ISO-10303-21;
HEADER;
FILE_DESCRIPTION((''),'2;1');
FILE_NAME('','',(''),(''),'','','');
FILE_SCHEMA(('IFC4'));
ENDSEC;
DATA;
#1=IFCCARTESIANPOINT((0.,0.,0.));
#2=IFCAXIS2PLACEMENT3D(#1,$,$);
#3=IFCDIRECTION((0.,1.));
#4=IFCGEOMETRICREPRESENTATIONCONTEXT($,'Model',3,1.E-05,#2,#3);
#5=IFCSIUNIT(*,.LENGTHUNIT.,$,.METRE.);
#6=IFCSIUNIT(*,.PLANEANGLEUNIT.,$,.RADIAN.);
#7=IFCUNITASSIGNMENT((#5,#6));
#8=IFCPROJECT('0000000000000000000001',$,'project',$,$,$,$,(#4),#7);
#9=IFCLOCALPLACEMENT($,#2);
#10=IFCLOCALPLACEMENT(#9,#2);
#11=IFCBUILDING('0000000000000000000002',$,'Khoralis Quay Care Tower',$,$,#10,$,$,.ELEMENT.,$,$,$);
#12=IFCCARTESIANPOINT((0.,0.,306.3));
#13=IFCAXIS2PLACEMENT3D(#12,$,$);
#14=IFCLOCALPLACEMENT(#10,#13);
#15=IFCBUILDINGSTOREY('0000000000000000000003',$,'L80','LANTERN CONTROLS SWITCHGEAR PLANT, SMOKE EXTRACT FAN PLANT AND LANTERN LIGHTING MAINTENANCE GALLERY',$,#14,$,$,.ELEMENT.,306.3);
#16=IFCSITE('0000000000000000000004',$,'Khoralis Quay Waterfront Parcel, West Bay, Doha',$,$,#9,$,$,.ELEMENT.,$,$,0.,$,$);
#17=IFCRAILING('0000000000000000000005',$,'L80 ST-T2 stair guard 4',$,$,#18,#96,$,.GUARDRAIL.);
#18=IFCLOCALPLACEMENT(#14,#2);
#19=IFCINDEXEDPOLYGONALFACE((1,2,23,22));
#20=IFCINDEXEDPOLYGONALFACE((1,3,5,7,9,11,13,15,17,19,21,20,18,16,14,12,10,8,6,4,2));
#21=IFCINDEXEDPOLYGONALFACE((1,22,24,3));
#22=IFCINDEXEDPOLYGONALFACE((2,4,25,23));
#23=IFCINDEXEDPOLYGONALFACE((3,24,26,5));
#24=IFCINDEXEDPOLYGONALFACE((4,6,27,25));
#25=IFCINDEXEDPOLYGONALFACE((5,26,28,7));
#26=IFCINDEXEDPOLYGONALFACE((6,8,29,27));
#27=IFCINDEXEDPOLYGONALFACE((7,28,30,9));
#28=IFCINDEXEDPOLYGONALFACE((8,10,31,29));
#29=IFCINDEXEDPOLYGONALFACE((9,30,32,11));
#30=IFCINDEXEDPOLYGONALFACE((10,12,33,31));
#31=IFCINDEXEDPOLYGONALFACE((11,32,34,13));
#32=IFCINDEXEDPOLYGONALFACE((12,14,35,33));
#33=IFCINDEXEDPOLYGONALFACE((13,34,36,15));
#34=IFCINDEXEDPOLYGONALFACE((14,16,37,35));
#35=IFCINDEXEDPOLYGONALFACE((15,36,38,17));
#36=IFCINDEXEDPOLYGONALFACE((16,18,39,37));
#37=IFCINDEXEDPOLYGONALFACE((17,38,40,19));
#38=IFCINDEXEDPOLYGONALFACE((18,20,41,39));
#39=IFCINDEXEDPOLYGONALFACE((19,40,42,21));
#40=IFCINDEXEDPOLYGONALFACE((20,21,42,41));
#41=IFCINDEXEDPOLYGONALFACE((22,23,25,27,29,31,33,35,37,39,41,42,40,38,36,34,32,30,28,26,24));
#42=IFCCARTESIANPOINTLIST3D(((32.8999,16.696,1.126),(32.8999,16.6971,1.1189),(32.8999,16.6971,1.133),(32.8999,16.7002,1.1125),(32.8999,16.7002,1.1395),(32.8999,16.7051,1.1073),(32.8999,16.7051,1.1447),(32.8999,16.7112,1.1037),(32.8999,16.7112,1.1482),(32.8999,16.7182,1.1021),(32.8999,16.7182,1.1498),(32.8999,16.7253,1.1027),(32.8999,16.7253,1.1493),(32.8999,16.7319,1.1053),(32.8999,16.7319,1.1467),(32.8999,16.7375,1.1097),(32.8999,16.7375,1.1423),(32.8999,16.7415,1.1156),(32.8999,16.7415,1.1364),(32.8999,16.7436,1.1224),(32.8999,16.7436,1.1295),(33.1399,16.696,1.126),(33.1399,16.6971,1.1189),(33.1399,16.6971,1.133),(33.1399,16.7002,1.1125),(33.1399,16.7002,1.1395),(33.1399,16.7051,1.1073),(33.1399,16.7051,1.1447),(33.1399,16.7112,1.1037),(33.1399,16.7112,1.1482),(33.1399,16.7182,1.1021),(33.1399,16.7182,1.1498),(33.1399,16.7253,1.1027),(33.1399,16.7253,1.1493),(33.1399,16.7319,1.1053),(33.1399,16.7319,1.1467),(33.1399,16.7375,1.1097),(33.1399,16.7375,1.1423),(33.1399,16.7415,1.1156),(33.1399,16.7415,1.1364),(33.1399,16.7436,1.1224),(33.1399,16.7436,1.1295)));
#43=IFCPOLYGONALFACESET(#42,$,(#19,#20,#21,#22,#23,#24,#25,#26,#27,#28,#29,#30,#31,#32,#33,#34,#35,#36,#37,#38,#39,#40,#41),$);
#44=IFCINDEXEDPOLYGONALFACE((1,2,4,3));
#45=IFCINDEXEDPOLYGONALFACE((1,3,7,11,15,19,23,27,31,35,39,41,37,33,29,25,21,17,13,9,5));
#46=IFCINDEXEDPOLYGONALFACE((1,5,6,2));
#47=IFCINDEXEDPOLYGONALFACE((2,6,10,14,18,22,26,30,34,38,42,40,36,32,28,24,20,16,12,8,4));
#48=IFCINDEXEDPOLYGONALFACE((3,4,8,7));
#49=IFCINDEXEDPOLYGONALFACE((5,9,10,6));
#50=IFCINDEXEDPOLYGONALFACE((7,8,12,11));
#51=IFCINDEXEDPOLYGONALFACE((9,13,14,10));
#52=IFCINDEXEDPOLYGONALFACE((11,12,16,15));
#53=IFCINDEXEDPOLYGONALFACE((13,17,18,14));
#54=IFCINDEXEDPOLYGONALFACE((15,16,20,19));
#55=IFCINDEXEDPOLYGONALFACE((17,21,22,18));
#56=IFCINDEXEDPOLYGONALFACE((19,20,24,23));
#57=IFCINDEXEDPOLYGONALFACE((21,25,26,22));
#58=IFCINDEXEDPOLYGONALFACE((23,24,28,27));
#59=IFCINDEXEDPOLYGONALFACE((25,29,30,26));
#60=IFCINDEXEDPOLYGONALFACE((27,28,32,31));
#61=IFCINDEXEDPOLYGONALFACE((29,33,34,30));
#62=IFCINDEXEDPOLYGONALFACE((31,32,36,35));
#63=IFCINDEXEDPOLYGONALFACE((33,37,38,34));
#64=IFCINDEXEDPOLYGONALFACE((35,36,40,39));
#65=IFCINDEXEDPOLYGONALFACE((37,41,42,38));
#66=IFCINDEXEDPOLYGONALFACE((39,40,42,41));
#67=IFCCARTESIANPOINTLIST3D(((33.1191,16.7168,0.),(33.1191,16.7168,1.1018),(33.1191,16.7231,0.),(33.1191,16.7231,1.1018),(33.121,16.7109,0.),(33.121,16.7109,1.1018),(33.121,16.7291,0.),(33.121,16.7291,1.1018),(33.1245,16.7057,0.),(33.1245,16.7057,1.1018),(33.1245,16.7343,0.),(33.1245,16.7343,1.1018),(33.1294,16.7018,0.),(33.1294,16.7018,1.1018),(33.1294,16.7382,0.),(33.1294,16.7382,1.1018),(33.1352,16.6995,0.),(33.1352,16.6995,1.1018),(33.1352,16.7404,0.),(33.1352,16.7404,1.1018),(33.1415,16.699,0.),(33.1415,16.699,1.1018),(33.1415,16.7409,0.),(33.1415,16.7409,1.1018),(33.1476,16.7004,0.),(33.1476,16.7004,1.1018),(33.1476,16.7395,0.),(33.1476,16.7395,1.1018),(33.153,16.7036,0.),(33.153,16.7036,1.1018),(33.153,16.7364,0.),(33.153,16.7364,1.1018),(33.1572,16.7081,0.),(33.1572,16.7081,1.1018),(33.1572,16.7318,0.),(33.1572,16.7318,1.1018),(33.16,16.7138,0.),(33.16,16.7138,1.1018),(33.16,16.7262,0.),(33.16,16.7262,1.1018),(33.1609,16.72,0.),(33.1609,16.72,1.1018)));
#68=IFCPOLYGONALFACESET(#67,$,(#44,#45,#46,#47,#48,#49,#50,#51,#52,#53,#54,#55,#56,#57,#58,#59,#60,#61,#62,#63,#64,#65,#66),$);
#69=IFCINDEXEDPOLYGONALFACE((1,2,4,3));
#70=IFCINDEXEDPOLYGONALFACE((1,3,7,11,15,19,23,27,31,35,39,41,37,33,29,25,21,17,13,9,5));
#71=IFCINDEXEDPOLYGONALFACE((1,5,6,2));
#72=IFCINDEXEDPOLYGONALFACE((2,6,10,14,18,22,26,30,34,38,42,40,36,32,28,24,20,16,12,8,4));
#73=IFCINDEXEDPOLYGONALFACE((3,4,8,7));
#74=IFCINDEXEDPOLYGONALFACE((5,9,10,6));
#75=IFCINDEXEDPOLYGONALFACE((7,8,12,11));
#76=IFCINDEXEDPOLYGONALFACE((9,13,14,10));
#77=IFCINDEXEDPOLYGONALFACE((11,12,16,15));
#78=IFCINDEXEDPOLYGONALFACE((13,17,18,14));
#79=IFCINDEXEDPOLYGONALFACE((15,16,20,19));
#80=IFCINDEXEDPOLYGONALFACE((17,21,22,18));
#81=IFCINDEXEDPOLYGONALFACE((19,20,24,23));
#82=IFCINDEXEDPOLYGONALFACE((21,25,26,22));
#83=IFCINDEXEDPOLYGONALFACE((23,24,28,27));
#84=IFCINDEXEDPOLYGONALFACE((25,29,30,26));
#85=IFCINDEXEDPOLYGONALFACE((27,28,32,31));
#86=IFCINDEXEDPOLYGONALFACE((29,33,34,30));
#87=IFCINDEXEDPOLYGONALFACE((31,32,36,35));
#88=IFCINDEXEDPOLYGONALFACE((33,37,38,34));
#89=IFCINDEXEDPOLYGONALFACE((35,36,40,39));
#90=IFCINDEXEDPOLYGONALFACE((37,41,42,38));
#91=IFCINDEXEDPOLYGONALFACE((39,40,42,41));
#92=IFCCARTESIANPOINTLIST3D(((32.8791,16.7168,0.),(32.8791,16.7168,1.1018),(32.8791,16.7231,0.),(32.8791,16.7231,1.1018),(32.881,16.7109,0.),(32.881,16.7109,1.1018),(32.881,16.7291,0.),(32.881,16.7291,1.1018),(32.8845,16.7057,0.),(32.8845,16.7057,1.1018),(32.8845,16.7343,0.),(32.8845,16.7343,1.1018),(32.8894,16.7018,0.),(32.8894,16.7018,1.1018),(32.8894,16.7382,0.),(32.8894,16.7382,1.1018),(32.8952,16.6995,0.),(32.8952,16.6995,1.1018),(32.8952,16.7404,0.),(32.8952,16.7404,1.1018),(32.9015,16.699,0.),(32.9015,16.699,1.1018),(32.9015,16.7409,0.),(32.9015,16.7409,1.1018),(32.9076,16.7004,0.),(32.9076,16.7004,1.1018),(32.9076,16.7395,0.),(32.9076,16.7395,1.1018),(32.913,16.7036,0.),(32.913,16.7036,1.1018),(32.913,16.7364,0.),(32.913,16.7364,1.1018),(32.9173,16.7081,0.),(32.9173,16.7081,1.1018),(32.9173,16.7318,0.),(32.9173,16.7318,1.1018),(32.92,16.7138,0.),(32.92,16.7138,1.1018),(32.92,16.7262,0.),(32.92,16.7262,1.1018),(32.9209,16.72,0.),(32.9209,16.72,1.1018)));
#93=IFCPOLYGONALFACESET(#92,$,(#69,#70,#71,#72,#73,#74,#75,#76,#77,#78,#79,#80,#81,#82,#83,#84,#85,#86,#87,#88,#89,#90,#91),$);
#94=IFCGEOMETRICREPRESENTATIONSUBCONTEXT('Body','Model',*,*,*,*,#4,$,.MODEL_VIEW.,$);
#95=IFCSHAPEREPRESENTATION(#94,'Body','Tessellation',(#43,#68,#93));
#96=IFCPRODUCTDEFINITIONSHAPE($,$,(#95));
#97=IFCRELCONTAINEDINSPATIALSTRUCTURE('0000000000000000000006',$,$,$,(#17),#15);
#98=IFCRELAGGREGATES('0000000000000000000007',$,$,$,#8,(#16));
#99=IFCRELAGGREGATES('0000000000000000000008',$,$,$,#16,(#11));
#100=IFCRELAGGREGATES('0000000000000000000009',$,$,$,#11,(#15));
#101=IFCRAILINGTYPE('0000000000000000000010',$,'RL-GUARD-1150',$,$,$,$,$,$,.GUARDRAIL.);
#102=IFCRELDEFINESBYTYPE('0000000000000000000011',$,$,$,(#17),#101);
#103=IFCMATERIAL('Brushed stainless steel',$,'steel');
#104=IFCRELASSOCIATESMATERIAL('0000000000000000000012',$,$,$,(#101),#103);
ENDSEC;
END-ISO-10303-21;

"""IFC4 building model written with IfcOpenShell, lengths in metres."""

from ifc_helpers import new_model, si_unit, direction, frame, origin, origin_2d, place, context, subcontext, project, spatial, circle, extrude, material, type_object, element, save


model = new_model("IFC4")

# Units and contexts
model_context = context("Model", 3, precision=1e-05, world=origin(), true_north=direction((0.0, 1.0)))
body_context = subcontext(model_context, "Body", "Model", "MODEL_VIEW")
ifc_project = project(units=[si_unit("LENGTHUNIT", "METRE"), si_unit("PLANEANGLEUNIT", "RADIAN")], contexts=[model_context])

# Site, building, storey
site_placement = place(None, origin())
site = spatial("IfcSite", under=ifc_project, at=site_placement, Name="Khoralis Quay Waterfront Parcel, West Bay, Doha", CompositionType="ELEMENT", RefElevation=0.0)
building_placement = place(site_placement, origin())
building = spatial("IfcBuilding", under=site, at=building_placement, Name="Khoralis Quay Care Tower", CompositionType="ELEMENT")
storey_placement = place(building_placement, frame((0.0, 0.0, 306.3)))
storey = spatial("IfcBuildingStorey", under=building, at=storey_placement, Name="L80", Description="LANTERN CONTROLS SWITCHGEAR PLANT, SMOKE EXTRACT FAN PLANT AND LANTERN LIGHTING MAINTENANCE GALLERY", CompositionType="ELEMENT", Elevation=306.3)

# Shared definitions
ifc_material_1 = material(Name="Brushed stainless steel", Category="steel")

# Railing
railing_type_1 = type_object("IfcRailingType", Name="RL-GUARD-1150", PredefinedType="GUARDRAIL", material=ifc_material_1)
railing_1_placement = place(storey_placement, frame((33.1399, 16.72, 0.0)))
element("IfcRailing", 1, at=railing_1_placement, inside=storey, type_object=railing_type_1, Name="L80 ST-T2 stair guard 4", PredefinedType="GUARDRAIL", context=body_context, shape_type="SweptSolid", body=[
    extrude(circle(Radius=0.0239, at=origin_2d()), frame((0.0, 0.0, 1.126), z_axis=(-1.0, 0.0, 0.0), x_axis=(0.0, -1.0, 0.0)), (0.0, 0.0, 1.0), 0.24),
    extrude(circle(Radius=0.021, at=origin_2d()), origin(), (0.0, 0.0, 1.0), 1.1018),
    extrude(circle(Radius=0.021, at=origin_2d()), frame((-0.24, 0.0, 0.0)), (0.0, 0.0, 1.0), 1.1018),
])

save(model, "model.ifc")
